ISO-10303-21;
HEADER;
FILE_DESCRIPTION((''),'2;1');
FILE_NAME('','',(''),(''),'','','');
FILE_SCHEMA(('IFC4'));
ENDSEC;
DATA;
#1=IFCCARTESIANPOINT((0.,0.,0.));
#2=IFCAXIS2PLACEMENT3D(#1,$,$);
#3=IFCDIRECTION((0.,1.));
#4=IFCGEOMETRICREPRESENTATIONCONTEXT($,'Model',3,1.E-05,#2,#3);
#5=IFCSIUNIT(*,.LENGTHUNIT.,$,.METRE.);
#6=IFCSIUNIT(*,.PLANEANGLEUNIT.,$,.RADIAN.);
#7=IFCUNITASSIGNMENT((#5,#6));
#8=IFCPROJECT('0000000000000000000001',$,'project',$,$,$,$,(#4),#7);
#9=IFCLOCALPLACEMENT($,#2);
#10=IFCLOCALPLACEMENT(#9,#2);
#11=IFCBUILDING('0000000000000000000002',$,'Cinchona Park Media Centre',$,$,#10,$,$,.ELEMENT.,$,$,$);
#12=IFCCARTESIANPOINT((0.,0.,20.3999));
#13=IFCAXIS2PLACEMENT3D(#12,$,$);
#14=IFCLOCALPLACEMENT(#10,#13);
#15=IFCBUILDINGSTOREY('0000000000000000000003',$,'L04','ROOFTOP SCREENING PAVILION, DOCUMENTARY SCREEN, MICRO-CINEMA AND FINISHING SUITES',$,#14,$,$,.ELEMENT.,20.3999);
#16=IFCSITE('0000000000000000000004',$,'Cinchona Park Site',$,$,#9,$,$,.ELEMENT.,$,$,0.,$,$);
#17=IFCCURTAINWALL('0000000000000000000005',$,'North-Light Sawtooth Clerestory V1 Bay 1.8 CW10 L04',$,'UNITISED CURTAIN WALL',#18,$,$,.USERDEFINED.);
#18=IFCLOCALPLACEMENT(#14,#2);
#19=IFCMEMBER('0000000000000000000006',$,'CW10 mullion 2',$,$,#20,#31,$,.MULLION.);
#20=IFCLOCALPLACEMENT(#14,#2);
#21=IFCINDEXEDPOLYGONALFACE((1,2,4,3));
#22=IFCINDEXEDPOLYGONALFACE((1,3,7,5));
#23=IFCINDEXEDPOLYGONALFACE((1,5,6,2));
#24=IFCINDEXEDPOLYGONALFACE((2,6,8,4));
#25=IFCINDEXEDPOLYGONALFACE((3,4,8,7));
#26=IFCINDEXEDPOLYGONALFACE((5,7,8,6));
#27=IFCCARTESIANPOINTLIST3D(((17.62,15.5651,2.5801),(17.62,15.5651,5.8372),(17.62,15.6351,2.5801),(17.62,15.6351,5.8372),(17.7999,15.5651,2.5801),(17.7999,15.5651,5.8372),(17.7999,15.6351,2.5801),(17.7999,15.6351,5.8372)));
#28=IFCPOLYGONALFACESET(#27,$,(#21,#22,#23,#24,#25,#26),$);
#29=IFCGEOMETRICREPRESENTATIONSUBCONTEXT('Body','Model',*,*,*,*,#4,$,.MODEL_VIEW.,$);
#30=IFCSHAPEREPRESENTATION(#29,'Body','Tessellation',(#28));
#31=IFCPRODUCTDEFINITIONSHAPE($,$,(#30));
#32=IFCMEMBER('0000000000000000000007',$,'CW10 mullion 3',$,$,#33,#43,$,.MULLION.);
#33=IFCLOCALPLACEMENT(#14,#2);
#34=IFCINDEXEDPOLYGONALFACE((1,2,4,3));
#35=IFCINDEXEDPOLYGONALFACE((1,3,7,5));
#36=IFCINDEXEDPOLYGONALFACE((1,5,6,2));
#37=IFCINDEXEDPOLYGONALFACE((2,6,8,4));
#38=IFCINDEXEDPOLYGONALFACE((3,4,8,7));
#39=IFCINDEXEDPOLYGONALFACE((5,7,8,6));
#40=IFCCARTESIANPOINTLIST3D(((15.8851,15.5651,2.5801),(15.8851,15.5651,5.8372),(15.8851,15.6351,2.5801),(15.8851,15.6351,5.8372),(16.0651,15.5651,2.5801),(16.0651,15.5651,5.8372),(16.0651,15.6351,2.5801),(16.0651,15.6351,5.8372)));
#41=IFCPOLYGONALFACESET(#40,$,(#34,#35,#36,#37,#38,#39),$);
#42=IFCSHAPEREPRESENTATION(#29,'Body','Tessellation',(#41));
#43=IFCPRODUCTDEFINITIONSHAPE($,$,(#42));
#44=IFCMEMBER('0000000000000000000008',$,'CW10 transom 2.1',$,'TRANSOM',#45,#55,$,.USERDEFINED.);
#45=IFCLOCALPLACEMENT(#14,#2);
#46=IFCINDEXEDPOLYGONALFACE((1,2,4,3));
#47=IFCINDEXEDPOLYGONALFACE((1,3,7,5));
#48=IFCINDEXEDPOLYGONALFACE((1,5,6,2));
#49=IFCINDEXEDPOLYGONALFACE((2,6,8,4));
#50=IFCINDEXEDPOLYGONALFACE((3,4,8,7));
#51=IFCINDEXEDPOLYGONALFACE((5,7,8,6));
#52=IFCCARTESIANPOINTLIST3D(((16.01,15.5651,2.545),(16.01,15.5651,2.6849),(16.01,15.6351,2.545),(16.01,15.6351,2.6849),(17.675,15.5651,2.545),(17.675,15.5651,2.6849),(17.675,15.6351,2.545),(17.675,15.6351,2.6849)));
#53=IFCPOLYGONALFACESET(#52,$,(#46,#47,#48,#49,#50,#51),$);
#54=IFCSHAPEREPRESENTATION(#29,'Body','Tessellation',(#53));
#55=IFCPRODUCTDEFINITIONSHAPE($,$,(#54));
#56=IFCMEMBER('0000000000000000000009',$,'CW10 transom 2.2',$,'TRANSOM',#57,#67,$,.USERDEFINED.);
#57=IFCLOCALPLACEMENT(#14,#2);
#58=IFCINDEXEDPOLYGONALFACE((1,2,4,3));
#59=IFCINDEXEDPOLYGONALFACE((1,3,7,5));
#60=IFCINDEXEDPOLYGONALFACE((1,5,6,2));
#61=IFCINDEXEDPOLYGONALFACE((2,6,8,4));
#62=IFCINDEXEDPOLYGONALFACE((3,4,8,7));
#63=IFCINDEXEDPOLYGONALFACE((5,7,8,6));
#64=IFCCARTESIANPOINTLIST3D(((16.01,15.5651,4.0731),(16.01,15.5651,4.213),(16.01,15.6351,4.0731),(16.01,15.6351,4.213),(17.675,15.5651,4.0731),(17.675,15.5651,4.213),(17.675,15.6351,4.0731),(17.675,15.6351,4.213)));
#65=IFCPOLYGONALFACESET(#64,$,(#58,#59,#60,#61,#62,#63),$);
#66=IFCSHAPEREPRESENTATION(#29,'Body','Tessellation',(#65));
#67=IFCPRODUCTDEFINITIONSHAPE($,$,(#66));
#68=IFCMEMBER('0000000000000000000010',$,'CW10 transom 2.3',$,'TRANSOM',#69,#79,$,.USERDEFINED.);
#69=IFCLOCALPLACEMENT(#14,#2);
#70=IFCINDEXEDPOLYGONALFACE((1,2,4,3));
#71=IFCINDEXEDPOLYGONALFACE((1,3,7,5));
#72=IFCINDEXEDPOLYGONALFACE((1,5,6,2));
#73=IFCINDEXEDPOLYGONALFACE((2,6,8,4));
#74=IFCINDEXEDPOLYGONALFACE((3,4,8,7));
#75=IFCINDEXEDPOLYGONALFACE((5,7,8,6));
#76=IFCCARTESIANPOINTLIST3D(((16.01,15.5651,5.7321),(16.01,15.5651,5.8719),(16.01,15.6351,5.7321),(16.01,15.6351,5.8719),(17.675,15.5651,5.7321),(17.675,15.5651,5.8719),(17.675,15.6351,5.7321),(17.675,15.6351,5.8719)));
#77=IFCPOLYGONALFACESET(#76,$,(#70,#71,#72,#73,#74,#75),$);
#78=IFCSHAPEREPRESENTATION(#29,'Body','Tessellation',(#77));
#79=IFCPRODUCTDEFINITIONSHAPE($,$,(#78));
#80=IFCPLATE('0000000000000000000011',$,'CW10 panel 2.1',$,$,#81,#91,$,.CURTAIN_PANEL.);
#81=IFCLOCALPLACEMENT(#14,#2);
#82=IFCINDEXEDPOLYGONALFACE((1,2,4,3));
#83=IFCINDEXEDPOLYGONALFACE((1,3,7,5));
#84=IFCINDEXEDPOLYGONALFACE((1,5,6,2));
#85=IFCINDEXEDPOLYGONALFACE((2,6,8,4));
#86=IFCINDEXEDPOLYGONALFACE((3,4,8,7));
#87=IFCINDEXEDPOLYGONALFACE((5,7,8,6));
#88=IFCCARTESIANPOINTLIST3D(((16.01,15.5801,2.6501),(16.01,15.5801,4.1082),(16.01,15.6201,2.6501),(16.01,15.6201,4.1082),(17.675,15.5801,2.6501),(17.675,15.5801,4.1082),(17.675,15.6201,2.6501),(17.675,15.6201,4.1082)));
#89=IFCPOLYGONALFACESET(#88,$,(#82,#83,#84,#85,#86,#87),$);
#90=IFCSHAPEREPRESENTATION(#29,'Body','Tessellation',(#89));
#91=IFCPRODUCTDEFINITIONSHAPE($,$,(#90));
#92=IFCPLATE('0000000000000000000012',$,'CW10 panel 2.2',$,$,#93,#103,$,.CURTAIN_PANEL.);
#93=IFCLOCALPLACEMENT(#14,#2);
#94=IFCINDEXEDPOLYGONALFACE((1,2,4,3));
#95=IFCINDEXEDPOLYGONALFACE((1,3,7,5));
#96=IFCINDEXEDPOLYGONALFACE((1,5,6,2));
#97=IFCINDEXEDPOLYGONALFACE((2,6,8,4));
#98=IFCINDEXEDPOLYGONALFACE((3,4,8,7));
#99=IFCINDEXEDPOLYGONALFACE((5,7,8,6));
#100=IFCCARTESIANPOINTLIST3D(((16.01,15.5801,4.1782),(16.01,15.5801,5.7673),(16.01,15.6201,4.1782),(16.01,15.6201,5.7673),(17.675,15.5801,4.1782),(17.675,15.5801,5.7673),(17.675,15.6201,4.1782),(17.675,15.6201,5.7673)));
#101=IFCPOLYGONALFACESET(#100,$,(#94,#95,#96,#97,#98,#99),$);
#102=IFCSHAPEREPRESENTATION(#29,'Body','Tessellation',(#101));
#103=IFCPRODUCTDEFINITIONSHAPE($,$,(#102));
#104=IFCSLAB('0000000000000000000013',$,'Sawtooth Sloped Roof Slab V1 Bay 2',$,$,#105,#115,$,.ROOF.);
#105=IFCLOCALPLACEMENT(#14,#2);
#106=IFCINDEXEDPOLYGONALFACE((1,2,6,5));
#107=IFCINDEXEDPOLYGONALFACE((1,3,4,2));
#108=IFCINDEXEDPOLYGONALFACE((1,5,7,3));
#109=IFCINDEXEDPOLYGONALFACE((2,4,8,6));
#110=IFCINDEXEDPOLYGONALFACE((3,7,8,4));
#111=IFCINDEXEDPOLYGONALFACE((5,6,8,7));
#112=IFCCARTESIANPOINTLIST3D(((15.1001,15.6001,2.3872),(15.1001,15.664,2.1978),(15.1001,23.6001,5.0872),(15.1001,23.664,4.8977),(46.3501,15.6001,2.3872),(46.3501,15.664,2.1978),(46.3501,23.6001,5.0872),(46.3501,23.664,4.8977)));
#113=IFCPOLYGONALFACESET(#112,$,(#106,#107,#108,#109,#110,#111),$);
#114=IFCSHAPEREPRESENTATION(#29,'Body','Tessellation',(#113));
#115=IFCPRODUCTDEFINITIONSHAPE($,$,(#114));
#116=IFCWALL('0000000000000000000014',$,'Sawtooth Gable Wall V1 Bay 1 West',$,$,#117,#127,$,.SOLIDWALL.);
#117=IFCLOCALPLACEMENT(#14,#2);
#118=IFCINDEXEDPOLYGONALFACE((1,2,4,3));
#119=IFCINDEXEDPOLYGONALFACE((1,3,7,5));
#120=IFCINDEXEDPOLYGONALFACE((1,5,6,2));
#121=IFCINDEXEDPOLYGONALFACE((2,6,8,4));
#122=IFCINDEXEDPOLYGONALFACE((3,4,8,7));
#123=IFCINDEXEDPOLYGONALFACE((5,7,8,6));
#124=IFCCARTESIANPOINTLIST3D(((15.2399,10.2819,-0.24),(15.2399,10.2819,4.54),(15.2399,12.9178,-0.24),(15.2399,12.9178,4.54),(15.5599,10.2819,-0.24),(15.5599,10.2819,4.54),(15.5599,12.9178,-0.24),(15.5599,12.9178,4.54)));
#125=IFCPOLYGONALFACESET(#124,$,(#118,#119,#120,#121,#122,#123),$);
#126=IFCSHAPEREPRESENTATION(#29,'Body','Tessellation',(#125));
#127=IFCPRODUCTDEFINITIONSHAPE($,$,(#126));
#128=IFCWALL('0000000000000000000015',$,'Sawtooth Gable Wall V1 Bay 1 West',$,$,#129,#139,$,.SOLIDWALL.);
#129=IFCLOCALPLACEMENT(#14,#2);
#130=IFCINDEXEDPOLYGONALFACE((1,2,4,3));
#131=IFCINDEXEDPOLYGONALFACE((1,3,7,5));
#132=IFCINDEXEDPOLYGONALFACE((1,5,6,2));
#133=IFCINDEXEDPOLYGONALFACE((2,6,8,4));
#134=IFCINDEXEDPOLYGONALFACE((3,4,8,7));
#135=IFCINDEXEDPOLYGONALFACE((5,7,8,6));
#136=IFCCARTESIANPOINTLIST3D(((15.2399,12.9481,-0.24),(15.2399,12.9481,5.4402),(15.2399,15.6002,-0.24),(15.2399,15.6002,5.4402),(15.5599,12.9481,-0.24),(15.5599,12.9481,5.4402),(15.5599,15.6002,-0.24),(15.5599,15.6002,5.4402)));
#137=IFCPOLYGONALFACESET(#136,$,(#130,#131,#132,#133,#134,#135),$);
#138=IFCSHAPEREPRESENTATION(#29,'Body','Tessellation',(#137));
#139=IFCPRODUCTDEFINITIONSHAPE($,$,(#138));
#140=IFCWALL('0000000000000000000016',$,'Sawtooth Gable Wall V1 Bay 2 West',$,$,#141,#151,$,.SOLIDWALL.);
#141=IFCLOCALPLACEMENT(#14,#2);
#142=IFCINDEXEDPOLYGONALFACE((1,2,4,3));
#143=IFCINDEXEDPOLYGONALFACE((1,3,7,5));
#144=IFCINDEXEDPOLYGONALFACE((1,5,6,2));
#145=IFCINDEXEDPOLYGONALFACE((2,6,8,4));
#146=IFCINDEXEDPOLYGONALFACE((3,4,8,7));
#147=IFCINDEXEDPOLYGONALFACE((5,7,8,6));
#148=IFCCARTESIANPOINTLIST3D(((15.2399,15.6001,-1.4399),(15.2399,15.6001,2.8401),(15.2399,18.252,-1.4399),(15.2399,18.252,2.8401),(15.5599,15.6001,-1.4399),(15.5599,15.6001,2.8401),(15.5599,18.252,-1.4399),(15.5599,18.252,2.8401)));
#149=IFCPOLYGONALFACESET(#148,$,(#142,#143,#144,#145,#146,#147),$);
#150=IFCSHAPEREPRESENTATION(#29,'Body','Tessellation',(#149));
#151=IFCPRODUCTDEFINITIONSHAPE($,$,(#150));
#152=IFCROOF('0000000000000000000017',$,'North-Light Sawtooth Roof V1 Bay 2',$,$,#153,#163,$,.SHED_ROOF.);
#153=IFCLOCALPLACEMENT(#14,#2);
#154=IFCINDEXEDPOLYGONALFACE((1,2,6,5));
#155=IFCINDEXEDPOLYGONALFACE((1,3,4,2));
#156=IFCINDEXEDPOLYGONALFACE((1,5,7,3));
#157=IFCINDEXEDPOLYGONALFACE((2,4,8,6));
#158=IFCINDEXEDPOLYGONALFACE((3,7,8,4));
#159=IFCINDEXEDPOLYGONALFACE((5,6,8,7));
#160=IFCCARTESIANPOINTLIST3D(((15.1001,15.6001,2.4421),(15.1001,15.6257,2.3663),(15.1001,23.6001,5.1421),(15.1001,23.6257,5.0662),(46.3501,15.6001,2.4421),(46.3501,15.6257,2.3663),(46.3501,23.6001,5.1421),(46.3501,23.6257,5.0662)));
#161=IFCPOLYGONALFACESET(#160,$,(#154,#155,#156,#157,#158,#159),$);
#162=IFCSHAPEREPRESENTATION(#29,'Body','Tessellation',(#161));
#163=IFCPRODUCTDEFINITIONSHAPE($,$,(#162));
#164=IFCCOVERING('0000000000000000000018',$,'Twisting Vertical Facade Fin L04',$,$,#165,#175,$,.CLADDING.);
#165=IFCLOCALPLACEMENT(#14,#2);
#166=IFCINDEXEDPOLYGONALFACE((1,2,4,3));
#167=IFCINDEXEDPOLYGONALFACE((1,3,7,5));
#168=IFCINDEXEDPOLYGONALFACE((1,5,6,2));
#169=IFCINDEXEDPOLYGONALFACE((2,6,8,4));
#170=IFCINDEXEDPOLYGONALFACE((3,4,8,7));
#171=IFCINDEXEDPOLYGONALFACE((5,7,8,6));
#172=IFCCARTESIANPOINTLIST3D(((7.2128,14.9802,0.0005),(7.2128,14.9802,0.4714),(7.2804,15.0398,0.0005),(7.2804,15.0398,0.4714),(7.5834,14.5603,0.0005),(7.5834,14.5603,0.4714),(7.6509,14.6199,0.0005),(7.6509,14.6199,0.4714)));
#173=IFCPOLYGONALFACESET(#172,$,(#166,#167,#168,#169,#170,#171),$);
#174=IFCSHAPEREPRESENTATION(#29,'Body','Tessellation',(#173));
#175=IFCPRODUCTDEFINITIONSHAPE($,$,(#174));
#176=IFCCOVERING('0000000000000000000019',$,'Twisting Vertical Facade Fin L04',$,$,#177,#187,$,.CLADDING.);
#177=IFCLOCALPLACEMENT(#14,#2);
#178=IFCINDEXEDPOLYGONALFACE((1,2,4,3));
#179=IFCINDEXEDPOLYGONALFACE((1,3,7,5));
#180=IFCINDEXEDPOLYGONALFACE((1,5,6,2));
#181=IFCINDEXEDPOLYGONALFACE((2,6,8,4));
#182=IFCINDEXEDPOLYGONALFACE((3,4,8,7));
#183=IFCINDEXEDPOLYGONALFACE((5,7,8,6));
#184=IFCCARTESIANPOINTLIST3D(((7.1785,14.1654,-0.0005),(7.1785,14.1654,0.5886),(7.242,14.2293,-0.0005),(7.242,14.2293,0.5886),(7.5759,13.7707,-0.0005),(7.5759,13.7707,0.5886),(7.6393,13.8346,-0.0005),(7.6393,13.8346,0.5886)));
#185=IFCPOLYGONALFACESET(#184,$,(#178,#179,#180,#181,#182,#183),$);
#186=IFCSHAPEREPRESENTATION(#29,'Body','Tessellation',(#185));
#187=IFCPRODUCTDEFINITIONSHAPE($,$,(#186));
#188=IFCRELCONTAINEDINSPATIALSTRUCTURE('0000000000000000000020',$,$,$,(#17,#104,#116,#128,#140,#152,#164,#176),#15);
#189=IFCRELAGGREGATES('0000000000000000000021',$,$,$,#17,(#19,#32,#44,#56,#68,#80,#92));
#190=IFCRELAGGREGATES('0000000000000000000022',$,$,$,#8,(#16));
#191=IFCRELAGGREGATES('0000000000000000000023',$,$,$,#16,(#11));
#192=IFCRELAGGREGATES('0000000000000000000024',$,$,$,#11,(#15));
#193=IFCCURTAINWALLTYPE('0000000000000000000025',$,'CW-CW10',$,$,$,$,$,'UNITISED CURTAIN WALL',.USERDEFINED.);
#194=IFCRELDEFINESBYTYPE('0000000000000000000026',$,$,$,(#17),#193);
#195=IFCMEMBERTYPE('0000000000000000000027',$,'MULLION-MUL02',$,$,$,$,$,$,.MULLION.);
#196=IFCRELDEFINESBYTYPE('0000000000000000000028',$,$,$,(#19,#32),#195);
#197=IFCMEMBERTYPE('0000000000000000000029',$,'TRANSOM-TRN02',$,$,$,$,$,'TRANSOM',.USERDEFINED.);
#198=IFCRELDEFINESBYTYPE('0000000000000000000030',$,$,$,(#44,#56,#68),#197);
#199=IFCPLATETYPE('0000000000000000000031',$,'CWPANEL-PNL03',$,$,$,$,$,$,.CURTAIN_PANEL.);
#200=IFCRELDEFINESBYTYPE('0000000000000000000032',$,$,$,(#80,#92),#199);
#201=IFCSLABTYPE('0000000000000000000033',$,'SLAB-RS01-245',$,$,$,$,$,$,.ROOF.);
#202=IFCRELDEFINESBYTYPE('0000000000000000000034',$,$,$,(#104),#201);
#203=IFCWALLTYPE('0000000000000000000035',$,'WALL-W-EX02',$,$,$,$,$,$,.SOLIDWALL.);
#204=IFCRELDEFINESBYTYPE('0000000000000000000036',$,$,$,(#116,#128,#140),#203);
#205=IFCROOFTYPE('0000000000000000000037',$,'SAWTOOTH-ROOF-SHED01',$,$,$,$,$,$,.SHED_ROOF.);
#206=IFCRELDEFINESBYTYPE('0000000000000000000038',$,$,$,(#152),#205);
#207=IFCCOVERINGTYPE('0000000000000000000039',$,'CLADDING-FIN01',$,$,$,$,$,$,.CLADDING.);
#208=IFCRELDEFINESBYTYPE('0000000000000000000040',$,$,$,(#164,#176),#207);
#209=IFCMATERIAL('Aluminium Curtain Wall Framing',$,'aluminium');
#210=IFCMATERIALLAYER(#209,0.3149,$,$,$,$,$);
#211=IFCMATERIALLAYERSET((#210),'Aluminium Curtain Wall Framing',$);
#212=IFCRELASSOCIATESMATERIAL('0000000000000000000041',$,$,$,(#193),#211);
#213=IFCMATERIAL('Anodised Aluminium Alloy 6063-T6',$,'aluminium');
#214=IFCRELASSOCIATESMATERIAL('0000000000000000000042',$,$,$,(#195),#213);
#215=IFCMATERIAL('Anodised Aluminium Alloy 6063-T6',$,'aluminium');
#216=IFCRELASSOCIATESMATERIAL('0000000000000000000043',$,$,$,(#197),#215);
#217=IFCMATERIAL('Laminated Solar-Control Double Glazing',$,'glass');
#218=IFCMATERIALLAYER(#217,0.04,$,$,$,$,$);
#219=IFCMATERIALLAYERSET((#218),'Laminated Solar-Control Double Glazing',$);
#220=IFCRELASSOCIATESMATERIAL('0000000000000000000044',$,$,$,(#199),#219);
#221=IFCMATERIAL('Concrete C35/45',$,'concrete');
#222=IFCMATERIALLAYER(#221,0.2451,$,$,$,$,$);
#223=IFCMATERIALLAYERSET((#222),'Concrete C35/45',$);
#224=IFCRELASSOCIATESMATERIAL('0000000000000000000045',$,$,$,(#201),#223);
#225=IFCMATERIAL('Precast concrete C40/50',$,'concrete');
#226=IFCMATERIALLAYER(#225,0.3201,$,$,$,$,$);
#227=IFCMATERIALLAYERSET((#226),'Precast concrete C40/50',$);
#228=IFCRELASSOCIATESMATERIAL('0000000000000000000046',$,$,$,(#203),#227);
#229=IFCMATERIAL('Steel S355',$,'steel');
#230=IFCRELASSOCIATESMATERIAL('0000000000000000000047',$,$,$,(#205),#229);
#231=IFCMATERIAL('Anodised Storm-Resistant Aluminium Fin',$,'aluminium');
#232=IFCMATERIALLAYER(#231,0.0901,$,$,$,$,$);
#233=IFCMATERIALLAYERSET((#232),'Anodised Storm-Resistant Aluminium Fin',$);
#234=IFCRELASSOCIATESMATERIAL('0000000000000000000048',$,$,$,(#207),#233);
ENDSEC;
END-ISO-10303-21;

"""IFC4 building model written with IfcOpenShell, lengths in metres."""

from ifc_helpers import new_model, si_unit, direction, frame, frame_2d, origin, origin_2d, place, context, subcontext, project, spatial, polyline, rectangle, outline, extrude, material, layer, layer_set, material_profile, profile_set, type_object, element, aggregate, save


model = new_model("IFC4")

# Units and contexts
model_context = context("Model", 3, precision=1e-05, world=origin(), true_north=direction((0.0, 1.0)))
body_context = subcontext(model_context, "Body", "Model", "MODEL_VIEW")
ifc_project = project(units=[si_unit("LENGTHUNIT", "METRE"), si_unit("PLANEANGLEUNIT", "RADIAN")], contexts=[model_context])

# Site, building, storey
site_placement = place(None, origin())
site = spatial("IfcSite", under=ifc_project, at=site_placement, Name="Cinchona Park Site", CompositionType="ELEMENT", RefElevation=0.0)
building_placement = place(site_placement, origin())
building = spatial("IfcBuilding", under=site, at=building_placement, Name="Cinchona Park Media Centre", CompositionType="ELEMENT")
storey_placement = place(building_placement, frame((0.0, 0.0, 20.3999)))
storey = spatial("IfcBuildingStorey", under=building, at=storey_placement, Name="L04", Description="ROOFTOP SCREENING PAVILION, DOCUMENTARY SCREEN, MICRO-CINEMA AND FINISHING SUITES", CompositionType="ELEMENT", Elevation=20.3999)

# Curtain wall, members, plates
ifc_material_1 = material(Name="Aluminium Curtain Wall Framing", Category="aluminium")
ifc_layer_1 = layer(ifc_material_1, 0.3149)
ifc_layer_set_1 = layer_set([ifc_layer_1], Name="Aluminium Curtain Wall Framing")
curtain_wall_type = type_object("IfcCurtainWallType", Name="CW-CW10", ElementType="UNITISED CURTAIN WALL", PredefinedType="USERDEFINED", material=ifc_layer_set_1)
curtain_wall_placement = place(storey_placement, origin())
curtain_wall = element("IfcCurtainWall", 1, at=curtain_wall_placement, inside=storey, type_object=curtain_wall_type, Name="North-Light Sawtooth Clerestory V1 Bay 1.8 CW10 L04", ObjectType="UNITISED CURTAIN WALL", PredefinedType="USERDEFINED")
ifc_material_2 = material(Name="Anodised Aluminium Alloy 6063-T6", Category="aluminium")
ifc_material_profile_1 = material_profile(ifc_material_2, rectangle(XDim=0.0701, YDim=0.1799, at=origin_2d()), Name="MUL-70X180")
ifc_profile_set_1 = profile_set([ifc_material_profile_1], Name="Anodised Aluminium Alloy 6063-T6")
member_type_1 = type_object("IfcMemberType", Name="MULLION-MUL02", PredefinedType="MULLION", material=ifc_profile_set_1)
member_1_placement = place(storey_placement, frame((17.71, 15.6001, 2.5801), z_axis=(0.0, 0.0, 1.0), x_axis=(0.0, -1.0, 0.0)))
member_1 = element("IfcMember", 2, at=member_1_placement, type_object=member_type_1, Name="CW10 mullion 2", PredefinedType="MULLION", context=body_context, shape_type="SweptSolid", body=[
    extrude(rectangle(XDim=0.0701, YDim=0.1799, at=origin_2d()), origin(), (0.0, 0.0, 1.0), 3.2571),
])
member_2_placement = place(storey_placement, frame((15.9751, 15.6001, 2.5801), z_axis=(0.0, 0.0, 1.0), x_axis=(0.0, -1.0, 0.0)))
member_2 = element("IfcMember", 3, at=member_2_placement, type_object=member_type_1, Name="CW10 mullion 3", PredefinedType="MULLION", context=body_context, shape_type="SweptSolid", body=[
    extrude(rectangle(XDim=0.0701, YDim=0.1799, at=origin_2d()), origin(), (0.0, 0.0, 1.0), 3.2571),
])
ifc_material_3 = material(Name="Anodised Aluminium Alloy 6063-T6", Category="aluminium")
ifc_material_profile_2 = material_profile(ifc_material_3, rectangle(XDim=0.0701, YDim=0.1399, at=origin_2d()), Name="TRN-70X140")
ifc_profile_set_2 = profile_set([ifc_material_profile_2], Name="Anodised Aluminium Alloy 6063-T6")
member_type_2 = type_object("IfcMemberType", Name="TRANSOM-TRN02", ElementType="TRANSOM", PredefinedType="USERDEFINED", material=ifc_profile_set_2)
member_3_placement = place(storey_placement, frame((17.675, 15.6001, 2.615), z_axis=(-1.0, 0.0, 0.0), x_axis=(0.0, -1.0, 0.0)))
member_3 = element("IfcMember", 4, at=member_3_placement, type_object=member_type_2, Name="CW10 transom 2.1", ObjectType="TRANSOM", PredefinedType="USERDEFINED", context=body_context, shape_type="SweptSolid", body=[
    extrude(rectangle(XDim=0.0701, YDim=0.1399, at=origin_2d()), origin(), (0.0, 0.0, 1.0), 1.665),
])
member_4_placement = place(storey_placement, frame((17.675, 15.6001, 4.1431), z_axis=(-1.0, 0.0, 0.0), x_axis=(0.0, -1.0, 0.0)))
member_4 = element("IfcMember", 5, at=member_4_placement, type_object=member_type_2, Name="CW10 transom 2.2", ObjectType="TRANSOM", PredefinedType="USERDEFINED", context=body_context, shape_type="SweptSolid", body=[
    extrude(rectangle(XDim=0.0701, YDim=0.1399, at=origin_2d()), origin(), (0.0, 0.0, 1.0), 1.665),
])
member_5_placement = place(storey_placement, frame((17.675, 15.6001, 5.802), z_axis=(-1.0, 0.0, 0.0), x_axis=(0.0, -1.0, 0.0)))
member_5 = element("IfcMember", 6, at=member_5_placement, type_object=member_type_2, Name="CW10 transom 2.3", ObjectType="TRANSOM", PredefinedType="USERDEFINED", context=body_context, shape_type="SweptSolid", body=[
    extrude(rectangle(XDim=0.0701, YDim=0.1399, at=origin_2d()), origin(), (0.0, 0.0, 1.0), 1.665),
])
ifc_material_4 = material(Name="Laminated Solar-Control Double Glazing", Category="glass")
ifc_layer_2 = layer(ifc_material_4, 0.04)
ifc_layer_set_2 = layer_set([ifc_layer_2], Name="Laminated Solar-Control Double Glazing")
plate_type = type_object("IfcPlateType", Name="CWPANEL-PNL03", PredefinedType="CURTAIN_PANEL", material=ifc_layer_set_2)
plate_1_placement = place(storey_placement, frame((16.8425, 15.6001, 2.6501), z_axis=(0.0, 0.0, 1.0), x_axis=(-1.0, 0.0, 0.0)))
plate_1 = element("IfcPlate", 7, at=plate_1_placement, type_object=plate_type, Name="CW10 panel 2.1", PredefinedType="CURTAIN_PANEL", context=body_context, shape_type="SweptSolid", body=[
    extrude(rectangle(XDim=1.665, YDim=0.04, at=origin_2d()), origin(), (0.0, 0.0, 1.0), 1.458),
])
plate_2_placement = place(storey_placement, frame((16.8425, 15.6001, 4.1782), z_axis=(0.0, 0.0, 1.0), x_axis=(-1.0, 0.0, 0.0)))
plate_2 = element("IfcPlate", 8, at=plate_2_placement, type_object=plate_type, Name="CW10 panel 2.2", PredefinedType="CURTAIN_PANEL", context=body_context, shape_type="SweptSolid", body=[
    extrude(rectangle(XDim=1.665, YDim=0.04, at=origin_2d()), origin(), (0.0, 0.0, 1.0), 1.5891),
])
aggregate(curtain_wall, [member_1, member_2, member_3, member_4, member_5, plate_1, plate_2])

# Slab
ifc_material_5 = material(Name="Concrete C35/45", Category="concrete")
ifc_layer_3 = layer(ifc_material_5, 0.2451)
ifc_layer_set_3 = layer_set([ifc_layer_3], Name="Concrete C35/45")
slab_type = type_object("IfcSlabType", Name="SLAB-RS01-245", PredefinedType="ROOF", material=ifc_layer_set_3)
slab_placement = place(storey_placement, frame((15.1001, 15.6001, 2.3872), z_axis=(0.0, -0.319773, 0.947494), x_axis=(1.0, 0.0, 0.0)))
element("IfcSlab", 9, at=slab_placement, inside=storey, type_object=slab_type, Name="Sawtooth Sloped Roof Slab V1 Bay 2", PredefinedType="ROOF", context=body_context, shape_type="SweptSolid", body=[
    extrude(outline(polyline([(0.0, 0.0), (31.25, 0.0), (31.25, 8.4433), (0.0, 8.4433), (0.0, 0.0)])), origin(), (0.0, 0.0, -1.0), 0.2),
])

# Walls
ifc_material_6 = material(Name="Precast concrete C40/50", Category="concrete")
ifc_layer_4 = layer(ifc_material_6, 0.3201)
ifc_layer_set_4 = layer_set([ifc_layer_4], Name="Precast concrete C40/50")
wall_type = type_object("IfcWallType", Name="WALL-W-EX02", PredefinedType="SOLIDWALL", material=ifc_layer_set_4)
wall_1_placement = place(storey_placement, frame((15.3999, 10.282, -0.24), z_axis=(0.0, 0.0, 1.0), x_axis=(0.0, 1.0, 0.0)))
element("IfcWall", 10, at=wall_1_placement, inside=storey, type_object=wall_type, Name="Sawtooth Gable Wall V1 Bay 1 West", PredefinedType="SOLIDWALL", context=body_context, shape_type="SweptSolid", body=[
    extrude(rectangle(XDim=2.636, YDim=0.3201, at=frame_2d((1.3179, 0.0))), origin(), (0.0, 0.0, 1.0), 4.78),
])
wall_2_placement = place(storey_placement, frame((15.3999, 12.948, -0.24), z_axis=(0.0, 0.0, 1.0), x_axis=(0.0, 1.0, 0.0)))
element("IfcWall", 11, at=wall_2_placement, inside=storey, type_object=wall_type, Name="Sawtooth Gable Wall V1 Bay 1 West", PredefinedType="SOLIDWALL", context=body_context, shape_type="SweptSolid", body=[
    extrude(rectangle(XDim=2.6521, YDim=0.3201, at=frame_2d((1.3262, 0.0))), origin(), (0.0, 0.0, 1.0), 5.6802),
])
wall_3_placement = place(storey_placement, frame((15.3999, 15.6001, -1.4399), z_axis=(0.0, 0.0, 1.0), x_axis=(0.0, 1.0, 0.0)))
element("IfcWall", 12, at=wall_3_placement, inside=storey, type_object=wall_type, Name="Sawtooth Gable Wall V1 Bay 2 West", PredefinedType="SOLIDWALL", context=body_context, shape_type="SweptSolid", body=[
    extrude(rectangle(XDim=2.6519, YDim=0.3201, at=frame_2d((1.3259, 0.0))), origin(), (0.0, 0.0, 1.0), 4.28),
])

# Roof
ifc_material_7 = material(Name="Steel S355", Category="steel")
roof_type = type_object("IfcRoofType", Name="SAWTOOTH-ROOF-SHED01", PredefinedType="SHED_ROOF", material=ifc_material_7)
roof_placement = place(storey_placement, frame((15.1001, 15.6001, 2.4421), z_axis=(0.0, -0.319773, 0.947494), x_axis=(1.0, 0.0, 0.0)))
element("IfcRoof", 13, at=roof_placement, inside=storey, type_object=roof_type, Name="North-Light Sawtooth Roof V1 Bay 2", PredefinedType="SHED_ROOF", context=body_context, shape_type="SweptSolid", body=[
    extrude(outline(polyline([(0.0, 0.0), (31.25, 0.0), (31.25, 8.4433), (0.0, 8.4433), (0.0, 0.0)])), origin(), (0.0, 0.0, -1.0), 0.0801),
])

# Coverings
ifc_material_8 = material(Name="Anodised Storm-Resistant Aluminium Fin", Category="aluminium")
ifc_layer_5 = layer(ifc_material_8, 0.0901)
ifc_layer_set_5 = layer_set([ifc_layer_5], Name="Anodised Storm-Resistant Aluminium Fin")
covering_type_1 = type_object("IfcCoveringType", Name="CLADDING-FIN01", PredefinedType="CLADDING", material=ifc_layer_set_5)
covering_1_placement = place(storey_placement, frame((7.4319, 14.8, 0.0005), z_axis=(0.0, 0.0, 1.0), x_axis=(0.661574, -0.74988, 0.0)))
element("IfcCovering", 14, at=covering_1_placement, inside=storey, type_object=covering_type_1, Name="Twisting Vertical Facade Fin L04", PredefinedType="CLADDING", context=body_context, shape_type="SweptSolid", body=[
    extrude(rectangle(XDim=0.5601, YDim=0.0901, at=origin_2d()), origin(), (0.0, 0.0, 1.0), 0.4709),
])
covering_2_placement = place(storey_placement, frame((7.4089, 14.0, -0.0005), z_axis=(0.0, 0.0, 1.0), x_axis=(0.709448, -0.704758, 0.0)))
element("IfcCovering", 15, at=covering_2_placement, inside=storey, type_object=covering_type_1, Name="Twisting Vertical Facade Fin L04", PredefinedType="CLADDING", context=body_context, shape_type="SweptSolid", body=[
    extrude(rectangle(XDim=0.5601, YDim=0.0901, at=origin_2d()), origin(), (0.0, 0.0, 1.0), 0.5891),
])

save(model, "model.ifc")
